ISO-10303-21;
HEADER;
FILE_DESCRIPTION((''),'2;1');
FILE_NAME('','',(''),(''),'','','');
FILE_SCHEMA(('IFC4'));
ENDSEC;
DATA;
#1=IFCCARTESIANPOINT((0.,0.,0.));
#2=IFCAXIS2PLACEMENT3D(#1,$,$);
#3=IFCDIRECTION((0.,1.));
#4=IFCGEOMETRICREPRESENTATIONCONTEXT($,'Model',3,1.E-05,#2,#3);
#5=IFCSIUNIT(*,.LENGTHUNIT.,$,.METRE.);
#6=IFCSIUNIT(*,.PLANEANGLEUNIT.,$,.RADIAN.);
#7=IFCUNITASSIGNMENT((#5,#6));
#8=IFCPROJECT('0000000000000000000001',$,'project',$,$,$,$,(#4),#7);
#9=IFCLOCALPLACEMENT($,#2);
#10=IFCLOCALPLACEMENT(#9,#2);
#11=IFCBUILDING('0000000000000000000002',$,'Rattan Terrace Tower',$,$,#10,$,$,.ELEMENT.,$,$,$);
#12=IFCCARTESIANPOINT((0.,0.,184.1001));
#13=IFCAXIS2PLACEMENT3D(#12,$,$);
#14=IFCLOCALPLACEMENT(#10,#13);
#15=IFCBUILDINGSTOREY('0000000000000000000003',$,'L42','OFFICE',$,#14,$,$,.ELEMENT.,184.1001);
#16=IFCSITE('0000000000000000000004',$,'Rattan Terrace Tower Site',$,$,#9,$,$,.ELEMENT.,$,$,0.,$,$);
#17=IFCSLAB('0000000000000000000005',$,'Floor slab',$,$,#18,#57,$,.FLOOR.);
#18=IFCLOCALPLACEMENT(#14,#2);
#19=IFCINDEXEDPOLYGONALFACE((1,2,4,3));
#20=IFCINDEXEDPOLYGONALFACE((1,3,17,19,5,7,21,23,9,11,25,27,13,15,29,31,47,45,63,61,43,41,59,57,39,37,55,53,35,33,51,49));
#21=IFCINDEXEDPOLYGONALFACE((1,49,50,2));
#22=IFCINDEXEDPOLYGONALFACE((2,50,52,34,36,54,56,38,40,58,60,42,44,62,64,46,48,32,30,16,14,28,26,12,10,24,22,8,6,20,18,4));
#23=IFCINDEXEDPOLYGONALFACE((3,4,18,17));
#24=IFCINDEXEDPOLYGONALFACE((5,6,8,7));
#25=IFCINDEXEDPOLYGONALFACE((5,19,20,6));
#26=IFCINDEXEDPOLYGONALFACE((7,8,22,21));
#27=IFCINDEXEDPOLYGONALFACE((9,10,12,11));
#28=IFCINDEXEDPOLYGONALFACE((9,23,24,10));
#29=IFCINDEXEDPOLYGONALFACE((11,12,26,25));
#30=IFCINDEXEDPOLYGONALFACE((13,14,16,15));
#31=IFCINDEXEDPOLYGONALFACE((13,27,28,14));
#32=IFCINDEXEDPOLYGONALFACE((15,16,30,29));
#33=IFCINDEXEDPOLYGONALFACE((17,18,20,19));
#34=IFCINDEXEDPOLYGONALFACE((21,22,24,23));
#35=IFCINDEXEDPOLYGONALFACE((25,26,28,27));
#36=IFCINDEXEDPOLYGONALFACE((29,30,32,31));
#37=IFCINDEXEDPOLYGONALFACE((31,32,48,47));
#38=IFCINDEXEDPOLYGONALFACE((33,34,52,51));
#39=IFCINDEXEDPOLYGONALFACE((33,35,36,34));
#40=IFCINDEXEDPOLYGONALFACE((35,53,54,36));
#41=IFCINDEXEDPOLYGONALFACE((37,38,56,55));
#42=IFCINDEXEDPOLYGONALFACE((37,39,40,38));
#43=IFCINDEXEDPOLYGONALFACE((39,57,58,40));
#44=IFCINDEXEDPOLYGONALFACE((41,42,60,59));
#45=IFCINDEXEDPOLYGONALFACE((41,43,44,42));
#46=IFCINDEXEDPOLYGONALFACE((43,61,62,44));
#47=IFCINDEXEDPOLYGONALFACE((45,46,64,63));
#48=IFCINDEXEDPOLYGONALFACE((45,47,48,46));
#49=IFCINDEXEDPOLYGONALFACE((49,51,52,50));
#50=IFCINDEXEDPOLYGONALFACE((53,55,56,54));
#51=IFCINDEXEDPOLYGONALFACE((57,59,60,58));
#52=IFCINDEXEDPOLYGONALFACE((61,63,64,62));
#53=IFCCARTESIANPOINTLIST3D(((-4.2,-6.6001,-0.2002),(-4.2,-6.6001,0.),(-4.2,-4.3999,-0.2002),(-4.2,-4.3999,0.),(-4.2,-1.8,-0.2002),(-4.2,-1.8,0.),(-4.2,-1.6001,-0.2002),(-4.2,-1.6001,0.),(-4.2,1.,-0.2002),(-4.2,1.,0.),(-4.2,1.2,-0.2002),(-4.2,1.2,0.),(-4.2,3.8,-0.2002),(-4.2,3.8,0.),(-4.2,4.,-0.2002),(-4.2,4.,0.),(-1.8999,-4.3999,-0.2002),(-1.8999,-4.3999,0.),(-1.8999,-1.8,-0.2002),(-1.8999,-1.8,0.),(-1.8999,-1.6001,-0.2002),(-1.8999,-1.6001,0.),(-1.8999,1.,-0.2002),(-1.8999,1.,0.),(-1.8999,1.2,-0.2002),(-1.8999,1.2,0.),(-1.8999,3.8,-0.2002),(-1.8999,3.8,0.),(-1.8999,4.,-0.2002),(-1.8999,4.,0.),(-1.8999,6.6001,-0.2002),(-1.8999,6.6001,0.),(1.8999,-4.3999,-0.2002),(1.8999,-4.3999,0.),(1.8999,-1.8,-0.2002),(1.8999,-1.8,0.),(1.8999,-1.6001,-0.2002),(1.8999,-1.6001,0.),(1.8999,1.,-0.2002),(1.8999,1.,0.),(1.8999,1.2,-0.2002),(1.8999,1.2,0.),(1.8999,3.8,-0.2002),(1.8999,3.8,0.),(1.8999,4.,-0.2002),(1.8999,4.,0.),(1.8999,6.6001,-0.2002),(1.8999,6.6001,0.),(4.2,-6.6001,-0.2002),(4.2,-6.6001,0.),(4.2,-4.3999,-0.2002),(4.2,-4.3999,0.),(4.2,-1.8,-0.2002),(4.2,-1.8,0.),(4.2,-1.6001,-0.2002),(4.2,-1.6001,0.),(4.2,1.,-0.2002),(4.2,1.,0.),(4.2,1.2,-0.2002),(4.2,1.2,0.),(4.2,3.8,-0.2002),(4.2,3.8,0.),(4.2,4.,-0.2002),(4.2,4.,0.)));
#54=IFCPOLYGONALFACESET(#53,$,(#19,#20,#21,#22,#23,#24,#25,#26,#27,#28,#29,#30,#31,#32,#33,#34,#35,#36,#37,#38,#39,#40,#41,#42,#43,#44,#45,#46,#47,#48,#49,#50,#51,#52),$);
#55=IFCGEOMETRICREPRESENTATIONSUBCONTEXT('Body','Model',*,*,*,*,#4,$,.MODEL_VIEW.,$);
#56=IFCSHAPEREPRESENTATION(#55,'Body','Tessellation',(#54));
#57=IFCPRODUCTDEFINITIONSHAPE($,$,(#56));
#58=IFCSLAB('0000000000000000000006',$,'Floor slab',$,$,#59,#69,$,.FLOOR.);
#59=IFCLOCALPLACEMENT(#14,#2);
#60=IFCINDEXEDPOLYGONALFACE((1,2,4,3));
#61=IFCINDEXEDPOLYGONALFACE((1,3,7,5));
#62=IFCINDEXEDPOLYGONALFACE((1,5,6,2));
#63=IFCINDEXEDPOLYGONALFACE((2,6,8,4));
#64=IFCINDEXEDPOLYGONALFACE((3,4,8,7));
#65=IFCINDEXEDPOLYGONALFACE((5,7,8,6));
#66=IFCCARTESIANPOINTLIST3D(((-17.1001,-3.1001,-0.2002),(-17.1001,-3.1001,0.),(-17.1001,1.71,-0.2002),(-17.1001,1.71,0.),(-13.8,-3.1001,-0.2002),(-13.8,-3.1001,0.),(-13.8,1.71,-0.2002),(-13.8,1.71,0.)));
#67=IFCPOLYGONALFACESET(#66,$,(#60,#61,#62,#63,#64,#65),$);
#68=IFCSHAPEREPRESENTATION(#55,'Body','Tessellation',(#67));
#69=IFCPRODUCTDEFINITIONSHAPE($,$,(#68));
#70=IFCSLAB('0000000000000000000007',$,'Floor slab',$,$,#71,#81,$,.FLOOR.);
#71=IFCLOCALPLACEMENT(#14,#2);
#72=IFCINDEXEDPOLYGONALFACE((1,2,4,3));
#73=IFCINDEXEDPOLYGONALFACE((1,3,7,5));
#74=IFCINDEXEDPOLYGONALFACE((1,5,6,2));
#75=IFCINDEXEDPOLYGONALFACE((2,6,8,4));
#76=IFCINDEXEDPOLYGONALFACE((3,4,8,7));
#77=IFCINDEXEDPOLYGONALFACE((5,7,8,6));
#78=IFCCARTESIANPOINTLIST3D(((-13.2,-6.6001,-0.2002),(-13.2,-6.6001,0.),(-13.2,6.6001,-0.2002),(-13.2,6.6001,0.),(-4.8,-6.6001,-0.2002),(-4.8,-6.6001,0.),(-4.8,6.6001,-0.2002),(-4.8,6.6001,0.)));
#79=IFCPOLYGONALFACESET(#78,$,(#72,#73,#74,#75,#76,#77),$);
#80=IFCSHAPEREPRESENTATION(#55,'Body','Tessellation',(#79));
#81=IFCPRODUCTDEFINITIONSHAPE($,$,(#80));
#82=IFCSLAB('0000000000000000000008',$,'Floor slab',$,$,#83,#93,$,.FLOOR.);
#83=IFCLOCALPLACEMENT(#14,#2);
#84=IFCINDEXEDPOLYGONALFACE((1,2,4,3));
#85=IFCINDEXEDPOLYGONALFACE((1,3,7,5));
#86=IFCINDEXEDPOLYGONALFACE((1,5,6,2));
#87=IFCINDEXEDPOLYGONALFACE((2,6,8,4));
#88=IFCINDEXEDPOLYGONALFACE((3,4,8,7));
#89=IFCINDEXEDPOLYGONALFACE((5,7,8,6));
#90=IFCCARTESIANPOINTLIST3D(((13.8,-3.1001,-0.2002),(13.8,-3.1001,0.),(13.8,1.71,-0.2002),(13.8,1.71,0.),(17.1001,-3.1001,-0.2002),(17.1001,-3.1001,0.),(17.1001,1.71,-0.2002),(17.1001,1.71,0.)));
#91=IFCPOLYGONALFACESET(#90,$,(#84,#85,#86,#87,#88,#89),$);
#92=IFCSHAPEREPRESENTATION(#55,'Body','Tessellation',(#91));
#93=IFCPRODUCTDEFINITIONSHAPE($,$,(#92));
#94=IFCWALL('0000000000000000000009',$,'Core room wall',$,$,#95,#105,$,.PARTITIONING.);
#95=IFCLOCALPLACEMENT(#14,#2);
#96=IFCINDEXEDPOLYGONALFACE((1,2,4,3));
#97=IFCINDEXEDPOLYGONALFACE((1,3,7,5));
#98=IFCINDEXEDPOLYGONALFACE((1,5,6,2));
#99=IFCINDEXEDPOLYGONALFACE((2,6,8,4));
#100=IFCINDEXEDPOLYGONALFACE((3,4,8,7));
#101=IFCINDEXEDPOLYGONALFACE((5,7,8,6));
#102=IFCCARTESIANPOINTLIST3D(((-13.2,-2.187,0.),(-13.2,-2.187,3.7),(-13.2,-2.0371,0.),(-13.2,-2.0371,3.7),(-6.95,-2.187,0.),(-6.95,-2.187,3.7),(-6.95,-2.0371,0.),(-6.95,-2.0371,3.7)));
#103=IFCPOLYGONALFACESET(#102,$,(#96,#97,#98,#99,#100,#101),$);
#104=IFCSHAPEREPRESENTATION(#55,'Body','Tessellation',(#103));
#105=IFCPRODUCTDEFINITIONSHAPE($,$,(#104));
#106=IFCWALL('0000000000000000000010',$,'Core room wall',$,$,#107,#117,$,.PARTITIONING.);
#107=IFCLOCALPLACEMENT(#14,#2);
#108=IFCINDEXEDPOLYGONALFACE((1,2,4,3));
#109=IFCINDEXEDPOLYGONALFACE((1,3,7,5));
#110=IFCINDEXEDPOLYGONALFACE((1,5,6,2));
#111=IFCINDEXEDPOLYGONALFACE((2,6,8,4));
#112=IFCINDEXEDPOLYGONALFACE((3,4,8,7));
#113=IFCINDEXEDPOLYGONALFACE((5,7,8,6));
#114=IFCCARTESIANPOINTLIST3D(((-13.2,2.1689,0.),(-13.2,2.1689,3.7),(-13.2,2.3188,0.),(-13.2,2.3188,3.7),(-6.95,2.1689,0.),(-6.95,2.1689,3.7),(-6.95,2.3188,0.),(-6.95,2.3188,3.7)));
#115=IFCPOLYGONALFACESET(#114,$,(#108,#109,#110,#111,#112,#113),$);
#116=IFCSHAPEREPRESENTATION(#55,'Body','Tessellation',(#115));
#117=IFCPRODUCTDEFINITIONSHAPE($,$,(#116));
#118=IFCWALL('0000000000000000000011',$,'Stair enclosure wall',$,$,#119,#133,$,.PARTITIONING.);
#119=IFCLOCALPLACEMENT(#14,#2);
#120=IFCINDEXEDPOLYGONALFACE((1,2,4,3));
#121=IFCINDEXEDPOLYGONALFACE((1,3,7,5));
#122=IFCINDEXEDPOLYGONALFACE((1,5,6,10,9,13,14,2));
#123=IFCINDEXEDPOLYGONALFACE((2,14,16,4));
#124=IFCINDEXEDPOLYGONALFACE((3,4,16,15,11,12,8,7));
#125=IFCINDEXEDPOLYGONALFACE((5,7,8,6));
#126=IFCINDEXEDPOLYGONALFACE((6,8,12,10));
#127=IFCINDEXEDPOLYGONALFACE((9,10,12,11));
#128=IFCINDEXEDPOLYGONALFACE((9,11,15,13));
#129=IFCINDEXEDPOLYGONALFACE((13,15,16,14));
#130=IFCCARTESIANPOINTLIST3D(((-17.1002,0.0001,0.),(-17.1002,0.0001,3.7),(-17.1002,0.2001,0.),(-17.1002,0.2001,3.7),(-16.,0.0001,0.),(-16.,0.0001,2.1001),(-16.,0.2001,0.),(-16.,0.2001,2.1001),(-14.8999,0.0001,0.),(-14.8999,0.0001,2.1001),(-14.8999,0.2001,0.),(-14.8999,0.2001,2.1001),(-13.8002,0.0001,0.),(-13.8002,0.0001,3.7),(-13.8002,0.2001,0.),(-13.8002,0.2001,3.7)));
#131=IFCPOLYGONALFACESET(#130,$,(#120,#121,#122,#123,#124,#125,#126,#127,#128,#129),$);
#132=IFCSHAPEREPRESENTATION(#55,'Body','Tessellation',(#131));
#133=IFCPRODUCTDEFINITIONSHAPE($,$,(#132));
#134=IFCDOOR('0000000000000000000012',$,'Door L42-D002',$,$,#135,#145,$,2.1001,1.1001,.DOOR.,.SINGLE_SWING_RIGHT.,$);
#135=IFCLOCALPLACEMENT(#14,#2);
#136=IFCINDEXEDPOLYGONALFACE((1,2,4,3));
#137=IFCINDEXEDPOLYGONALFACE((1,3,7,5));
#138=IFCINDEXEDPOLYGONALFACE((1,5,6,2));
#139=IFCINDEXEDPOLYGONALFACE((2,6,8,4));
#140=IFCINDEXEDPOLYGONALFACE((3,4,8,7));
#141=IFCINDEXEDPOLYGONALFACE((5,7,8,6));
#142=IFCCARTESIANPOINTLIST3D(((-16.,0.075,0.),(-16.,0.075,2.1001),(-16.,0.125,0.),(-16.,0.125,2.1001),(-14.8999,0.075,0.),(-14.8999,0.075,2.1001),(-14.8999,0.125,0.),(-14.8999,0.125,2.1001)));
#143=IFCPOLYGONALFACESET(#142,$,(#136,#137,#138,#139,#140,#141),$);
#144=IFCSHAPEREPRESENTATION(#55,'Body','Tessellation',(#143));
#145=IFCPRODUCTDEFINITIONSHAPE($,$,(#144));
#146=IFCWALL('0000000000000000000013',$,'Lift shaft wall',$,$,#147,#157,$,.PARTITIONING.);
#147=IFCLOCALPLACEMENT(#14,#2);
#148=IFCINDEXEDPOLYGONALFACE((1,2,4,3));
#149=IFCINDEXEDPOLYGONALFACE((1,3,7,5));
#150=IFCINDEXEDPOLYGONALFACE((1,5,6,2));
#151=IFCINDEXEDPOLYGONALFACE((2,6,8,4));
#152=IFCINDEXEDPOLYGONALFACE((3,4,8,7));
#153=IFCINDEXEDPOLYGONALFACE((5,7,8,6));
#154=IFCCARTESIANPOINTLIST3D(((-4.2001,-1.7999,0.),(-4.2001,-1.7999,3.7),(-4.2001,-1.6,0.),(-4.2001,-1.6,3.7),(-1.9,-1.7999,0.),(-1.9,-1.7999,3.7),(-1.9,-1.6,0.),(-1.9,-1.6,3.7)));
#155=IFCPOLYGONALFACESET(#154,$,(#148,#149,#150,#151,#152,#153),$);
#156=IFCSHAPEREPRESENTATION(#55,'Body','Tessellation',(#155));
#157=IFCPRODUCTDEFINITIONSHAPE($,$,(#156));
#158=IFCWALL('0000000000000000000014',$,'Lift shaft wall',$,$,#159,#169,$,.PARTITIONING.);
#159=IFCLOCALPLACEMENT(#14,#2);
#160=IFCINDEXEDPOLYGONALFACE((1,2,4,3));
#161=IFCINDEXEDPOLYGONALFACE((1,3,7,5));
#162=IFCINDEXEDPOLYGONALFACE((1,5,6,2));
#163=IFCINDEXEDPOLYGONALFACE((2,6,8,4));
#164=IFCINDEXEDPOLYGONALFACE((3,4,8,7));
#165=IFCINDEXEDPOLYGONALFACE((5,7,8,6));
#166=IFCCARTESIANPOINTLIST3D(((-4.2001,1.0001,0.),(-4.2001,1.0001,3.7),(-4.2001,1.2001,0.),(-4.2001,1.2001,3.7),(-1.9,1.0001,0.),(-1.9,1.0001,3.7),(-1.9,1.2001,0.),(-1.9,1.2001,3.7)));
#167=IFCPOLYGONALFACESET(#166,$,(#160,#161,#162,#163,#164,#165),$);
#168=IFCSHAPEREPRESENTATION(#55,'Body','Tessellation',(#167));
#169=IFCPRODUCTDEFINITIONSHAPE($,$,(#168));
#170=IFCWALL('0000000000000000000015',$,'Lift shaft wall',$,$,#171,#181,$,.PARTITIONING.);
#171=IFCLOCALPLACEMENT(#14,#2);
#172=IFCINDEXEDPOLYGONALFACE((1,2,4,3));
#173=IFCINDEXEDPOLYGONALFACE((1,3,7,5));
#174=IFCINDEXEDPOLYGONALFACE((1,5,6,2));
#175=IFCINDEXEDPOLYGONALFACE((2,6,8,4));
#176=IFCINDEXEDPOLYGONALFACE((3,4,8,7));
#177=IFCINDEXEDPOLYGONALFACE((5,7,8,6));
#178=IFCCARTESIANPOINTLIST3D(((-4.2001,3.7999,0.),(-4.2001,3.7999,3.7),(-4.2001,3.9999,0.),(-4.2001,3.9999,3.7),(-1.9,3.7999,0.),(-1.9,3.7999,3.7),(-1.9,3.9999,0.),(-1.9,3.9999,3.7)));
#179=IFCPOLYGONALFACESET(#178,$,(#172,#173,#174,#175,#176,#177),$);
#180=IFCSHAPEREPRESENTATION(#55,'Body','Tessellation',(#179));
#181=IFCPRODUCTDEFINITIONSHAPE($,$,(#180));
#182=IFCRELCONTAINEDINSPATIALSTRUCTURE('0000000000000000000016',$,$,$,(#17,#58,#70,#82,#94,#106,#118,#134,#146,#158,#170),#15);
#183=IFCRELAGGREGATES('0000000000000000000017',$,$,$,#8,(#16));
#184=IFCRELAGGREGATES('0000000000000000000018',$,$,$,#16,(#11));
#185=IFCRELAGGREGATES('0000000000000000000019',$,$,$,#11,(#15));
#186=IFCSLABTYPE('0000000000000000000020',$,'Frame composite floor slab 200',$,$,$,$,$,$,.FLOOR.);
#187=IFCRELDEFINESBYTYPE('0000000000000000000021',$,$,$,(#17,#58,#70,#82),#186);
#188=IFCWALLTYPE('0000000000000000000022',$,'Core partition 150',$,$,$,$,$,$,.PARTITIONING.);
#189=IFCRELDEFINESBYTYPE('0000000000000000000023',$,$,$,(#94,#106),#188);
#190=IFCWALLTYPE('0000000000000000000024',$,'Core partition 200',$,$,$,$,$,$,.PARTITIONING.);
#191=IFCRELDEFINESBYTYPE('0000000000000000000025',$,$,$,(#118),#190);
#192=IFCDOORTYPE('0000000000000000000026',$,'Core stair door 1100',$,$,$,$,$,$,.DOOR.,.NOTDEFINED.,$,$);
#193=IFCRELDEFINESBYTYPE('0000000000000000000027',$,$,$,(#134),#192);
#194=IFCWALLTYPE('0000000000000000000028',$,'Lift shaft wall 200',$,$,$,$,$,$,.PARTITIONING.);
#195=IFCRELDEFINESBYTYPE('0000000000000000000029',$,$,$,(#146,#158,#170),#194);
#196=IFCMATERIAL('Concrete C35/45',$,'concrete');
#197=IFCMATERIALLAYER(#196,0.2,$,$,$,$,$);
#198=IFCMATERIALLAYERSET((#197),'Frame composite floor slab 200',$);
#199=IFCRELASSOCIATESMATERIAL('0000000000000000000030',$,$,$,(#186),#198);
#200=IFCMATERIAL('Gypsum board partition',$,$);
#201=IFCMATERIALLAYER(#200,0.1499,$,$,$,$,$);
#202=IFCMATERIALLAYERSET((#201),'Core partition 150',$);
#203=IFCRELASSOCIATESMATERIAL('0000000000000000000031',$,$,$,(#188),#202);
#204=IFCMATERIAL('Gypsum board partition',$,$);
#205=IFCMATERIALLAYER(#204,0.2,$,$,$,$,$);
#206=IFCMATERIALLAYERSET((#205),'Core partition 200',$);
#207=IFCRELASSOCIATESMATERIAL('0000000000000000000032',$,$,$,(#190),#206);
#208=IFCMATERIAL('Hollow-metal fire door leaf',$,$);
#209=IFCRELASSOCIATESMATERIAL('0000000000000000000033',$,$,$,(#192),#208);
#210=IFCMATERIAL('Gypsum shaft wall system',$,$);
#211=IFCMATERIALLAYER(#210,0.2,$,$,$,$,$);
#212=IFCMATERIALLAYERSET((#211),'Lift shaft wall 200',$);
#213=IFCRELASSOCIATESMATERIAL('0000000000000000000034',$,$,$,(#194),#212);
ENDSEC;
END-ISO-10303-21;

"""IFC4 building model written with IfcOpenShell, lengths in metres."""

from ifc_helpers import new_model, si_unit, direction, frame, frame_2d, origin, place, context, subcontext, project, spatial, polyline, rectangle, outline, extrude, material, layer, layer_set, type_object, element, fill, save


model = new_model("IFC4")

# Units and contexts
model_context = context("Model", 3, precision=1e-05, world=origin(), true_north=direction((0.0, 1.0)))
body_context = subcontext(model_context, "Body", "Model", "MODEL_VIEW")
ifc_project = project(units=[si_unit("LENGTHUNIT", "METRE"), si_unit("PLANEANGLEUNIT", "RADIAN")], contexts=[model_context])

# Site, building, storey
site_placement = place(None, origin())
site = spatial("IfcSite", under=ifc_project, at=site_placement, Name="Rattan Terrace Tower Site", CompositionType="ELEMENT", RefElevation=0.0)
building_placement = place(site_placement, origin())
building = spatial("IfcBuilding", under=site, at=building_placement, Name="Rattan Terrace Tower", CompositionType="ELEMENT")
storey_placement = place(building_placement, frame((0.0, 0.0, 184.1001)))
storey = spatial("IfcBuildingStorey", under=building, at=storey_placement, Name="L42", Description="OFFICE", CompositionType="ELEMENT", Elevation=184.1001)

# Slabs
ifc_material_1 = material(Name="Concrete C35/45", Category="concrete")
ifc_layer_1 = layer(ifc_material_1, 0.2)
ifc_layer_set_1 = layer_set([ifc_layer_1], Name="Frame composite floor slab 200")
slab_type_1 = type_object("IfcSlabType", Name="Frame composite floor slab 200", PredefinedType="FLOOR", material=ifc_layer_set_1)
slab_1_placement = place(storey_placement, frame((0.0, 0.0, -0.2002)))
element("IfcSlab", 1, at=slab_1_placement, inside=storey, type_object=slab_type_1, Name="Floor slab", PredefinedType="FLOOR", context=body_context, shape_type="SweptSolid", body=[
    extrude(outline(polyline([(1.8999, 6.6001), (-1.8999, 6.6001), (-1.8999, 4.0), (-4.2, 4.0), (-4.2, 3.8), (-1.8999, 3.8), (-1.8999, 1.2), (-4.2, 1.2), (-4.2, 1.0), (-1.8999, 1.0), (-1.8999, -1.6001), (-4.2, -1.6001), (-4.2, -1.8), (-1.8999, -1.8), (-1.8999, -4.3999), (-4.2, -4.3999), (-4.2, -6.6001), (4.2, -6.6001), (4.2, -4.3999), (1.8999, -4.3999), (1.8999, -1.8), (4.2, -1.8), (4.2, -1.6001), (1.8999, -1.6001), (1.8999, 1.0), (4.2, 1.0), (4.2, 1.2), (1.8999, 1.2), (1.8999, 3.8), (4.2, 3.8), (4.2, 4.0), (1.8999, 4.0), (1.8999, 6.6001)])), origin(), (0.0, 0.0, 1.0), 0.2002),
])
slab_2_placement = place(storey_placement, frame((0.0, 0.0, -0.2002)))
element("IfcSlab", 2, at=slab_2_placement, inside=storey, type_object=slab_type_1, Name="Floor slab", PredefinedType="FLOOR", context=body_context, shape_type="SweptSolid", body=[
    extrude(outline(polyline([(-17.1001, -3.1001), (-13.8, -3.1001), (-13.8, 1.71), (-17.1001, 1.71), (-17.1001, -3.1001)])), origin(), (0.0, 0.0, 1.0), 0.2002),
])
slab_3_placement = place(storey_placement, frame((0.0, 0.0, -0.2002)))
element("IfcSlab", 3, at=slab_3_placement, inside=storey, type_object=slab_type_1, Name="Floor slab", PredefinedType="FLOOR", context=body_context, shape_type="SweptSolid", body=[
    extrude(outline(polyline([(-4.8, -6.6001), (-4.8, 6.6001), (-13.2, 6.6001), (-13.2, -6.6001), (-4.8, -6.6001)])), origin(), (0.0, 0.0, 1.0), 0.2002),
])
slab_4_placement = place(storey_placement, frame((0.0, 0.0, -0.2002)))
element("IfcSlab", 4, at=slab_4_placement, inside=storey, type_object=slab_type_1, Name="Floor slab", PredefinedType="FLOOR", context=body_context, shape_type="SweptSolid", body=[
    extrude(outline(polyline([(13.8, -3.1001), (17.1001, -3.1001), (17.1001, 1.71), (13.8, 1.71), (13.8, -3.1001)])), origin(), (0.0, 0.0, 1.0), 0.2002),
])

# Walls
ifc_material_2 = material(Name="Gypsum board partition")
ifc_layer_2 = layer(ifc_material_2, 0.1499)
ifc_layer_set_2 = layer_set([ifc_layer_2], Name="Core partition 150")
wall_type_1 = type_object("IfcWallType", Name="Core partition 150", PredefinedType="PARTITIONING", material=ifc_layer_set_2)
for number, where, z_axis, x_axis, name in (
    (5, (-13.2, -2.1121, 0.0), (0.0, 0.0, 1.0), (1.0, 0.0, 0.0), "Core room wall"),
    (6, (-13.2, 2.2439, 0.0), (0.0, 0.0, 1.0), (1.0, 0.0, 0.0), "Core room wall"),
):
    element("IfcWall", number, at=place(storey_placement, frame(where, z_axis=z_axis, x_axis=x_axis)), inside=storey, type_object=wall_type_1, Name=name, PredefinedType="PARTITIONING", context=body_context, shape_type="SweptSolid", body=[
        extrude(rectangle(XDim=6.25, YDim=0.1499, at=frame_2d((3.125, 0.0))), origin(), (0.0, 0.0, 1.0), 3.7),
    ])

# Wall, opening, door
ifc_material_3 = material(Name="Gypsum board partition")
ifc_layer_3 = layer(ifc_material_3, 0.2)
ifc_layer_set_3 = layer_set([ifc_layer_3], Name="Core partition 200")
wall_type_2 = type_object("IfcWallType", Name="Core partition 200", PredefinedType="PARTITIONING", material=ifc_layer_set_3)
wall_placement = place(storey_placement, frame((-17.1001, 0.1001, 0.0), z_axis=(0.0, 0.0, 1.0), x_axis=(1.0, 0.0, 0.0)))
wall = element("IfcWall", 7, at=wall_placement, inside=storey, type_object=wall_type_2, Name="Stair enclosure wall", PredefinedType="PARTITIONING", context=body_context, shape_type="SweptSolid", body=[
    extrude(rectangle(XDim=3.3, YDim=0.2, at=frame_2d((1.6499, 0.0))), origin(), (0.0, 0.0, 1.0), 3.7),
])
opening_placement = place(wall_placement, frame((1.1001, 0.0, 0.0)))
opening = element("IfcOpeningElement", 8, at=opening_placement, cuts=wall, PredefinedType="OPENING", context=body_context, shape_type="SweptSolid", body=[
    extrude(rectangle(XDim=1.1001, YDim=2.1001, at=frame_2d((0.55, 1.05))), frame((0.0, 0.1106, 0.0), z_axis=(0.0, -1.0, 0.0), x_axis=(1.0, 0.0, 0.0)), (0.0, 0.0, 1.0), 0.2209),
])
ifc_material_4 = material(Name="Hollow-metal fire door leaf")
door_type = type_object("IfcDoorType", Name="Core stair door 1100", OperationType="NOTDEFINED", PredefinedType="DOOR", material=ifc_material_4)
door_placement = place(opening_placement, origin())
door = element("IfcDoor", 9, at=door_placement, inside=storey, type_object=door_type, Name="Door L42-D002", OperationType="SINGLE_SWING_RIGHT", OverallHeight=2.1001, OverallWidth=1.1001, PredefinedType="DOOR", context=body_context, shape_type="SweptSolid", body=[
    extrude(rectangle(XDim=1.1001, YDim=2.1001, at=frame_2d((0.55, 1.05))), frame((0.0, 0.0249, 0.0), z_axis=(0.0, -1.0, 0.0), x_axis=(1.0, 0.0, 0.0)), (0.0, 0.0, 1.0), 0.05),
])
fill(opening, door)

# Walls
ifc_material_5 = material(Name="Gypsum shaft wall system")
ifc_layer_4 = layer(ifc_material_5, 0.2)
ifc_layer_set_4 = layer_set([ifc_layer_4], Name="Lift shaft wall 200")
wall_type_3 = type_object("IfcWallType", Name="Lift shaft wall 200", PredefinedType="PARTITIONING", material=ifc_layer_set_4)
for number, where, z_axis, x_axis, name in (
    (10, (-4.2, -1.7, 0.0), (0.0, 0.0, 1.0), (1.0, 0.0, 0.0), "Lift shaft wall"),
    (11, (-4.2, 1.1001, 0.0), (0.0, 0.0, 1.0), (1.0, 0.0, 0.0), "Lift shaft wall"),
    (12, (-4.2, 3.8999, 0.0), (0.0, 0.0, 1.0), (1.0, 0.0, 0.0), "Lift shaft wall"),
):
    element("IfcWall", number, at=place(storey_placement, frame(where, z_axis=z_axis, x_axis=x_axis)), inside=storey, type_object=wall_type_3, Name=name, PredefinedType="PARTITIONING", context=body_context, shape_type="SweptSolid", body=[
        extrude(rectangle(XDim=2.3, YDim=0.2, at=frame_2d((1.1499, 0.0))), origin(), (0.0, 0.0, 1.0), 3.7),
    ])

save(model, "model.ifc")
